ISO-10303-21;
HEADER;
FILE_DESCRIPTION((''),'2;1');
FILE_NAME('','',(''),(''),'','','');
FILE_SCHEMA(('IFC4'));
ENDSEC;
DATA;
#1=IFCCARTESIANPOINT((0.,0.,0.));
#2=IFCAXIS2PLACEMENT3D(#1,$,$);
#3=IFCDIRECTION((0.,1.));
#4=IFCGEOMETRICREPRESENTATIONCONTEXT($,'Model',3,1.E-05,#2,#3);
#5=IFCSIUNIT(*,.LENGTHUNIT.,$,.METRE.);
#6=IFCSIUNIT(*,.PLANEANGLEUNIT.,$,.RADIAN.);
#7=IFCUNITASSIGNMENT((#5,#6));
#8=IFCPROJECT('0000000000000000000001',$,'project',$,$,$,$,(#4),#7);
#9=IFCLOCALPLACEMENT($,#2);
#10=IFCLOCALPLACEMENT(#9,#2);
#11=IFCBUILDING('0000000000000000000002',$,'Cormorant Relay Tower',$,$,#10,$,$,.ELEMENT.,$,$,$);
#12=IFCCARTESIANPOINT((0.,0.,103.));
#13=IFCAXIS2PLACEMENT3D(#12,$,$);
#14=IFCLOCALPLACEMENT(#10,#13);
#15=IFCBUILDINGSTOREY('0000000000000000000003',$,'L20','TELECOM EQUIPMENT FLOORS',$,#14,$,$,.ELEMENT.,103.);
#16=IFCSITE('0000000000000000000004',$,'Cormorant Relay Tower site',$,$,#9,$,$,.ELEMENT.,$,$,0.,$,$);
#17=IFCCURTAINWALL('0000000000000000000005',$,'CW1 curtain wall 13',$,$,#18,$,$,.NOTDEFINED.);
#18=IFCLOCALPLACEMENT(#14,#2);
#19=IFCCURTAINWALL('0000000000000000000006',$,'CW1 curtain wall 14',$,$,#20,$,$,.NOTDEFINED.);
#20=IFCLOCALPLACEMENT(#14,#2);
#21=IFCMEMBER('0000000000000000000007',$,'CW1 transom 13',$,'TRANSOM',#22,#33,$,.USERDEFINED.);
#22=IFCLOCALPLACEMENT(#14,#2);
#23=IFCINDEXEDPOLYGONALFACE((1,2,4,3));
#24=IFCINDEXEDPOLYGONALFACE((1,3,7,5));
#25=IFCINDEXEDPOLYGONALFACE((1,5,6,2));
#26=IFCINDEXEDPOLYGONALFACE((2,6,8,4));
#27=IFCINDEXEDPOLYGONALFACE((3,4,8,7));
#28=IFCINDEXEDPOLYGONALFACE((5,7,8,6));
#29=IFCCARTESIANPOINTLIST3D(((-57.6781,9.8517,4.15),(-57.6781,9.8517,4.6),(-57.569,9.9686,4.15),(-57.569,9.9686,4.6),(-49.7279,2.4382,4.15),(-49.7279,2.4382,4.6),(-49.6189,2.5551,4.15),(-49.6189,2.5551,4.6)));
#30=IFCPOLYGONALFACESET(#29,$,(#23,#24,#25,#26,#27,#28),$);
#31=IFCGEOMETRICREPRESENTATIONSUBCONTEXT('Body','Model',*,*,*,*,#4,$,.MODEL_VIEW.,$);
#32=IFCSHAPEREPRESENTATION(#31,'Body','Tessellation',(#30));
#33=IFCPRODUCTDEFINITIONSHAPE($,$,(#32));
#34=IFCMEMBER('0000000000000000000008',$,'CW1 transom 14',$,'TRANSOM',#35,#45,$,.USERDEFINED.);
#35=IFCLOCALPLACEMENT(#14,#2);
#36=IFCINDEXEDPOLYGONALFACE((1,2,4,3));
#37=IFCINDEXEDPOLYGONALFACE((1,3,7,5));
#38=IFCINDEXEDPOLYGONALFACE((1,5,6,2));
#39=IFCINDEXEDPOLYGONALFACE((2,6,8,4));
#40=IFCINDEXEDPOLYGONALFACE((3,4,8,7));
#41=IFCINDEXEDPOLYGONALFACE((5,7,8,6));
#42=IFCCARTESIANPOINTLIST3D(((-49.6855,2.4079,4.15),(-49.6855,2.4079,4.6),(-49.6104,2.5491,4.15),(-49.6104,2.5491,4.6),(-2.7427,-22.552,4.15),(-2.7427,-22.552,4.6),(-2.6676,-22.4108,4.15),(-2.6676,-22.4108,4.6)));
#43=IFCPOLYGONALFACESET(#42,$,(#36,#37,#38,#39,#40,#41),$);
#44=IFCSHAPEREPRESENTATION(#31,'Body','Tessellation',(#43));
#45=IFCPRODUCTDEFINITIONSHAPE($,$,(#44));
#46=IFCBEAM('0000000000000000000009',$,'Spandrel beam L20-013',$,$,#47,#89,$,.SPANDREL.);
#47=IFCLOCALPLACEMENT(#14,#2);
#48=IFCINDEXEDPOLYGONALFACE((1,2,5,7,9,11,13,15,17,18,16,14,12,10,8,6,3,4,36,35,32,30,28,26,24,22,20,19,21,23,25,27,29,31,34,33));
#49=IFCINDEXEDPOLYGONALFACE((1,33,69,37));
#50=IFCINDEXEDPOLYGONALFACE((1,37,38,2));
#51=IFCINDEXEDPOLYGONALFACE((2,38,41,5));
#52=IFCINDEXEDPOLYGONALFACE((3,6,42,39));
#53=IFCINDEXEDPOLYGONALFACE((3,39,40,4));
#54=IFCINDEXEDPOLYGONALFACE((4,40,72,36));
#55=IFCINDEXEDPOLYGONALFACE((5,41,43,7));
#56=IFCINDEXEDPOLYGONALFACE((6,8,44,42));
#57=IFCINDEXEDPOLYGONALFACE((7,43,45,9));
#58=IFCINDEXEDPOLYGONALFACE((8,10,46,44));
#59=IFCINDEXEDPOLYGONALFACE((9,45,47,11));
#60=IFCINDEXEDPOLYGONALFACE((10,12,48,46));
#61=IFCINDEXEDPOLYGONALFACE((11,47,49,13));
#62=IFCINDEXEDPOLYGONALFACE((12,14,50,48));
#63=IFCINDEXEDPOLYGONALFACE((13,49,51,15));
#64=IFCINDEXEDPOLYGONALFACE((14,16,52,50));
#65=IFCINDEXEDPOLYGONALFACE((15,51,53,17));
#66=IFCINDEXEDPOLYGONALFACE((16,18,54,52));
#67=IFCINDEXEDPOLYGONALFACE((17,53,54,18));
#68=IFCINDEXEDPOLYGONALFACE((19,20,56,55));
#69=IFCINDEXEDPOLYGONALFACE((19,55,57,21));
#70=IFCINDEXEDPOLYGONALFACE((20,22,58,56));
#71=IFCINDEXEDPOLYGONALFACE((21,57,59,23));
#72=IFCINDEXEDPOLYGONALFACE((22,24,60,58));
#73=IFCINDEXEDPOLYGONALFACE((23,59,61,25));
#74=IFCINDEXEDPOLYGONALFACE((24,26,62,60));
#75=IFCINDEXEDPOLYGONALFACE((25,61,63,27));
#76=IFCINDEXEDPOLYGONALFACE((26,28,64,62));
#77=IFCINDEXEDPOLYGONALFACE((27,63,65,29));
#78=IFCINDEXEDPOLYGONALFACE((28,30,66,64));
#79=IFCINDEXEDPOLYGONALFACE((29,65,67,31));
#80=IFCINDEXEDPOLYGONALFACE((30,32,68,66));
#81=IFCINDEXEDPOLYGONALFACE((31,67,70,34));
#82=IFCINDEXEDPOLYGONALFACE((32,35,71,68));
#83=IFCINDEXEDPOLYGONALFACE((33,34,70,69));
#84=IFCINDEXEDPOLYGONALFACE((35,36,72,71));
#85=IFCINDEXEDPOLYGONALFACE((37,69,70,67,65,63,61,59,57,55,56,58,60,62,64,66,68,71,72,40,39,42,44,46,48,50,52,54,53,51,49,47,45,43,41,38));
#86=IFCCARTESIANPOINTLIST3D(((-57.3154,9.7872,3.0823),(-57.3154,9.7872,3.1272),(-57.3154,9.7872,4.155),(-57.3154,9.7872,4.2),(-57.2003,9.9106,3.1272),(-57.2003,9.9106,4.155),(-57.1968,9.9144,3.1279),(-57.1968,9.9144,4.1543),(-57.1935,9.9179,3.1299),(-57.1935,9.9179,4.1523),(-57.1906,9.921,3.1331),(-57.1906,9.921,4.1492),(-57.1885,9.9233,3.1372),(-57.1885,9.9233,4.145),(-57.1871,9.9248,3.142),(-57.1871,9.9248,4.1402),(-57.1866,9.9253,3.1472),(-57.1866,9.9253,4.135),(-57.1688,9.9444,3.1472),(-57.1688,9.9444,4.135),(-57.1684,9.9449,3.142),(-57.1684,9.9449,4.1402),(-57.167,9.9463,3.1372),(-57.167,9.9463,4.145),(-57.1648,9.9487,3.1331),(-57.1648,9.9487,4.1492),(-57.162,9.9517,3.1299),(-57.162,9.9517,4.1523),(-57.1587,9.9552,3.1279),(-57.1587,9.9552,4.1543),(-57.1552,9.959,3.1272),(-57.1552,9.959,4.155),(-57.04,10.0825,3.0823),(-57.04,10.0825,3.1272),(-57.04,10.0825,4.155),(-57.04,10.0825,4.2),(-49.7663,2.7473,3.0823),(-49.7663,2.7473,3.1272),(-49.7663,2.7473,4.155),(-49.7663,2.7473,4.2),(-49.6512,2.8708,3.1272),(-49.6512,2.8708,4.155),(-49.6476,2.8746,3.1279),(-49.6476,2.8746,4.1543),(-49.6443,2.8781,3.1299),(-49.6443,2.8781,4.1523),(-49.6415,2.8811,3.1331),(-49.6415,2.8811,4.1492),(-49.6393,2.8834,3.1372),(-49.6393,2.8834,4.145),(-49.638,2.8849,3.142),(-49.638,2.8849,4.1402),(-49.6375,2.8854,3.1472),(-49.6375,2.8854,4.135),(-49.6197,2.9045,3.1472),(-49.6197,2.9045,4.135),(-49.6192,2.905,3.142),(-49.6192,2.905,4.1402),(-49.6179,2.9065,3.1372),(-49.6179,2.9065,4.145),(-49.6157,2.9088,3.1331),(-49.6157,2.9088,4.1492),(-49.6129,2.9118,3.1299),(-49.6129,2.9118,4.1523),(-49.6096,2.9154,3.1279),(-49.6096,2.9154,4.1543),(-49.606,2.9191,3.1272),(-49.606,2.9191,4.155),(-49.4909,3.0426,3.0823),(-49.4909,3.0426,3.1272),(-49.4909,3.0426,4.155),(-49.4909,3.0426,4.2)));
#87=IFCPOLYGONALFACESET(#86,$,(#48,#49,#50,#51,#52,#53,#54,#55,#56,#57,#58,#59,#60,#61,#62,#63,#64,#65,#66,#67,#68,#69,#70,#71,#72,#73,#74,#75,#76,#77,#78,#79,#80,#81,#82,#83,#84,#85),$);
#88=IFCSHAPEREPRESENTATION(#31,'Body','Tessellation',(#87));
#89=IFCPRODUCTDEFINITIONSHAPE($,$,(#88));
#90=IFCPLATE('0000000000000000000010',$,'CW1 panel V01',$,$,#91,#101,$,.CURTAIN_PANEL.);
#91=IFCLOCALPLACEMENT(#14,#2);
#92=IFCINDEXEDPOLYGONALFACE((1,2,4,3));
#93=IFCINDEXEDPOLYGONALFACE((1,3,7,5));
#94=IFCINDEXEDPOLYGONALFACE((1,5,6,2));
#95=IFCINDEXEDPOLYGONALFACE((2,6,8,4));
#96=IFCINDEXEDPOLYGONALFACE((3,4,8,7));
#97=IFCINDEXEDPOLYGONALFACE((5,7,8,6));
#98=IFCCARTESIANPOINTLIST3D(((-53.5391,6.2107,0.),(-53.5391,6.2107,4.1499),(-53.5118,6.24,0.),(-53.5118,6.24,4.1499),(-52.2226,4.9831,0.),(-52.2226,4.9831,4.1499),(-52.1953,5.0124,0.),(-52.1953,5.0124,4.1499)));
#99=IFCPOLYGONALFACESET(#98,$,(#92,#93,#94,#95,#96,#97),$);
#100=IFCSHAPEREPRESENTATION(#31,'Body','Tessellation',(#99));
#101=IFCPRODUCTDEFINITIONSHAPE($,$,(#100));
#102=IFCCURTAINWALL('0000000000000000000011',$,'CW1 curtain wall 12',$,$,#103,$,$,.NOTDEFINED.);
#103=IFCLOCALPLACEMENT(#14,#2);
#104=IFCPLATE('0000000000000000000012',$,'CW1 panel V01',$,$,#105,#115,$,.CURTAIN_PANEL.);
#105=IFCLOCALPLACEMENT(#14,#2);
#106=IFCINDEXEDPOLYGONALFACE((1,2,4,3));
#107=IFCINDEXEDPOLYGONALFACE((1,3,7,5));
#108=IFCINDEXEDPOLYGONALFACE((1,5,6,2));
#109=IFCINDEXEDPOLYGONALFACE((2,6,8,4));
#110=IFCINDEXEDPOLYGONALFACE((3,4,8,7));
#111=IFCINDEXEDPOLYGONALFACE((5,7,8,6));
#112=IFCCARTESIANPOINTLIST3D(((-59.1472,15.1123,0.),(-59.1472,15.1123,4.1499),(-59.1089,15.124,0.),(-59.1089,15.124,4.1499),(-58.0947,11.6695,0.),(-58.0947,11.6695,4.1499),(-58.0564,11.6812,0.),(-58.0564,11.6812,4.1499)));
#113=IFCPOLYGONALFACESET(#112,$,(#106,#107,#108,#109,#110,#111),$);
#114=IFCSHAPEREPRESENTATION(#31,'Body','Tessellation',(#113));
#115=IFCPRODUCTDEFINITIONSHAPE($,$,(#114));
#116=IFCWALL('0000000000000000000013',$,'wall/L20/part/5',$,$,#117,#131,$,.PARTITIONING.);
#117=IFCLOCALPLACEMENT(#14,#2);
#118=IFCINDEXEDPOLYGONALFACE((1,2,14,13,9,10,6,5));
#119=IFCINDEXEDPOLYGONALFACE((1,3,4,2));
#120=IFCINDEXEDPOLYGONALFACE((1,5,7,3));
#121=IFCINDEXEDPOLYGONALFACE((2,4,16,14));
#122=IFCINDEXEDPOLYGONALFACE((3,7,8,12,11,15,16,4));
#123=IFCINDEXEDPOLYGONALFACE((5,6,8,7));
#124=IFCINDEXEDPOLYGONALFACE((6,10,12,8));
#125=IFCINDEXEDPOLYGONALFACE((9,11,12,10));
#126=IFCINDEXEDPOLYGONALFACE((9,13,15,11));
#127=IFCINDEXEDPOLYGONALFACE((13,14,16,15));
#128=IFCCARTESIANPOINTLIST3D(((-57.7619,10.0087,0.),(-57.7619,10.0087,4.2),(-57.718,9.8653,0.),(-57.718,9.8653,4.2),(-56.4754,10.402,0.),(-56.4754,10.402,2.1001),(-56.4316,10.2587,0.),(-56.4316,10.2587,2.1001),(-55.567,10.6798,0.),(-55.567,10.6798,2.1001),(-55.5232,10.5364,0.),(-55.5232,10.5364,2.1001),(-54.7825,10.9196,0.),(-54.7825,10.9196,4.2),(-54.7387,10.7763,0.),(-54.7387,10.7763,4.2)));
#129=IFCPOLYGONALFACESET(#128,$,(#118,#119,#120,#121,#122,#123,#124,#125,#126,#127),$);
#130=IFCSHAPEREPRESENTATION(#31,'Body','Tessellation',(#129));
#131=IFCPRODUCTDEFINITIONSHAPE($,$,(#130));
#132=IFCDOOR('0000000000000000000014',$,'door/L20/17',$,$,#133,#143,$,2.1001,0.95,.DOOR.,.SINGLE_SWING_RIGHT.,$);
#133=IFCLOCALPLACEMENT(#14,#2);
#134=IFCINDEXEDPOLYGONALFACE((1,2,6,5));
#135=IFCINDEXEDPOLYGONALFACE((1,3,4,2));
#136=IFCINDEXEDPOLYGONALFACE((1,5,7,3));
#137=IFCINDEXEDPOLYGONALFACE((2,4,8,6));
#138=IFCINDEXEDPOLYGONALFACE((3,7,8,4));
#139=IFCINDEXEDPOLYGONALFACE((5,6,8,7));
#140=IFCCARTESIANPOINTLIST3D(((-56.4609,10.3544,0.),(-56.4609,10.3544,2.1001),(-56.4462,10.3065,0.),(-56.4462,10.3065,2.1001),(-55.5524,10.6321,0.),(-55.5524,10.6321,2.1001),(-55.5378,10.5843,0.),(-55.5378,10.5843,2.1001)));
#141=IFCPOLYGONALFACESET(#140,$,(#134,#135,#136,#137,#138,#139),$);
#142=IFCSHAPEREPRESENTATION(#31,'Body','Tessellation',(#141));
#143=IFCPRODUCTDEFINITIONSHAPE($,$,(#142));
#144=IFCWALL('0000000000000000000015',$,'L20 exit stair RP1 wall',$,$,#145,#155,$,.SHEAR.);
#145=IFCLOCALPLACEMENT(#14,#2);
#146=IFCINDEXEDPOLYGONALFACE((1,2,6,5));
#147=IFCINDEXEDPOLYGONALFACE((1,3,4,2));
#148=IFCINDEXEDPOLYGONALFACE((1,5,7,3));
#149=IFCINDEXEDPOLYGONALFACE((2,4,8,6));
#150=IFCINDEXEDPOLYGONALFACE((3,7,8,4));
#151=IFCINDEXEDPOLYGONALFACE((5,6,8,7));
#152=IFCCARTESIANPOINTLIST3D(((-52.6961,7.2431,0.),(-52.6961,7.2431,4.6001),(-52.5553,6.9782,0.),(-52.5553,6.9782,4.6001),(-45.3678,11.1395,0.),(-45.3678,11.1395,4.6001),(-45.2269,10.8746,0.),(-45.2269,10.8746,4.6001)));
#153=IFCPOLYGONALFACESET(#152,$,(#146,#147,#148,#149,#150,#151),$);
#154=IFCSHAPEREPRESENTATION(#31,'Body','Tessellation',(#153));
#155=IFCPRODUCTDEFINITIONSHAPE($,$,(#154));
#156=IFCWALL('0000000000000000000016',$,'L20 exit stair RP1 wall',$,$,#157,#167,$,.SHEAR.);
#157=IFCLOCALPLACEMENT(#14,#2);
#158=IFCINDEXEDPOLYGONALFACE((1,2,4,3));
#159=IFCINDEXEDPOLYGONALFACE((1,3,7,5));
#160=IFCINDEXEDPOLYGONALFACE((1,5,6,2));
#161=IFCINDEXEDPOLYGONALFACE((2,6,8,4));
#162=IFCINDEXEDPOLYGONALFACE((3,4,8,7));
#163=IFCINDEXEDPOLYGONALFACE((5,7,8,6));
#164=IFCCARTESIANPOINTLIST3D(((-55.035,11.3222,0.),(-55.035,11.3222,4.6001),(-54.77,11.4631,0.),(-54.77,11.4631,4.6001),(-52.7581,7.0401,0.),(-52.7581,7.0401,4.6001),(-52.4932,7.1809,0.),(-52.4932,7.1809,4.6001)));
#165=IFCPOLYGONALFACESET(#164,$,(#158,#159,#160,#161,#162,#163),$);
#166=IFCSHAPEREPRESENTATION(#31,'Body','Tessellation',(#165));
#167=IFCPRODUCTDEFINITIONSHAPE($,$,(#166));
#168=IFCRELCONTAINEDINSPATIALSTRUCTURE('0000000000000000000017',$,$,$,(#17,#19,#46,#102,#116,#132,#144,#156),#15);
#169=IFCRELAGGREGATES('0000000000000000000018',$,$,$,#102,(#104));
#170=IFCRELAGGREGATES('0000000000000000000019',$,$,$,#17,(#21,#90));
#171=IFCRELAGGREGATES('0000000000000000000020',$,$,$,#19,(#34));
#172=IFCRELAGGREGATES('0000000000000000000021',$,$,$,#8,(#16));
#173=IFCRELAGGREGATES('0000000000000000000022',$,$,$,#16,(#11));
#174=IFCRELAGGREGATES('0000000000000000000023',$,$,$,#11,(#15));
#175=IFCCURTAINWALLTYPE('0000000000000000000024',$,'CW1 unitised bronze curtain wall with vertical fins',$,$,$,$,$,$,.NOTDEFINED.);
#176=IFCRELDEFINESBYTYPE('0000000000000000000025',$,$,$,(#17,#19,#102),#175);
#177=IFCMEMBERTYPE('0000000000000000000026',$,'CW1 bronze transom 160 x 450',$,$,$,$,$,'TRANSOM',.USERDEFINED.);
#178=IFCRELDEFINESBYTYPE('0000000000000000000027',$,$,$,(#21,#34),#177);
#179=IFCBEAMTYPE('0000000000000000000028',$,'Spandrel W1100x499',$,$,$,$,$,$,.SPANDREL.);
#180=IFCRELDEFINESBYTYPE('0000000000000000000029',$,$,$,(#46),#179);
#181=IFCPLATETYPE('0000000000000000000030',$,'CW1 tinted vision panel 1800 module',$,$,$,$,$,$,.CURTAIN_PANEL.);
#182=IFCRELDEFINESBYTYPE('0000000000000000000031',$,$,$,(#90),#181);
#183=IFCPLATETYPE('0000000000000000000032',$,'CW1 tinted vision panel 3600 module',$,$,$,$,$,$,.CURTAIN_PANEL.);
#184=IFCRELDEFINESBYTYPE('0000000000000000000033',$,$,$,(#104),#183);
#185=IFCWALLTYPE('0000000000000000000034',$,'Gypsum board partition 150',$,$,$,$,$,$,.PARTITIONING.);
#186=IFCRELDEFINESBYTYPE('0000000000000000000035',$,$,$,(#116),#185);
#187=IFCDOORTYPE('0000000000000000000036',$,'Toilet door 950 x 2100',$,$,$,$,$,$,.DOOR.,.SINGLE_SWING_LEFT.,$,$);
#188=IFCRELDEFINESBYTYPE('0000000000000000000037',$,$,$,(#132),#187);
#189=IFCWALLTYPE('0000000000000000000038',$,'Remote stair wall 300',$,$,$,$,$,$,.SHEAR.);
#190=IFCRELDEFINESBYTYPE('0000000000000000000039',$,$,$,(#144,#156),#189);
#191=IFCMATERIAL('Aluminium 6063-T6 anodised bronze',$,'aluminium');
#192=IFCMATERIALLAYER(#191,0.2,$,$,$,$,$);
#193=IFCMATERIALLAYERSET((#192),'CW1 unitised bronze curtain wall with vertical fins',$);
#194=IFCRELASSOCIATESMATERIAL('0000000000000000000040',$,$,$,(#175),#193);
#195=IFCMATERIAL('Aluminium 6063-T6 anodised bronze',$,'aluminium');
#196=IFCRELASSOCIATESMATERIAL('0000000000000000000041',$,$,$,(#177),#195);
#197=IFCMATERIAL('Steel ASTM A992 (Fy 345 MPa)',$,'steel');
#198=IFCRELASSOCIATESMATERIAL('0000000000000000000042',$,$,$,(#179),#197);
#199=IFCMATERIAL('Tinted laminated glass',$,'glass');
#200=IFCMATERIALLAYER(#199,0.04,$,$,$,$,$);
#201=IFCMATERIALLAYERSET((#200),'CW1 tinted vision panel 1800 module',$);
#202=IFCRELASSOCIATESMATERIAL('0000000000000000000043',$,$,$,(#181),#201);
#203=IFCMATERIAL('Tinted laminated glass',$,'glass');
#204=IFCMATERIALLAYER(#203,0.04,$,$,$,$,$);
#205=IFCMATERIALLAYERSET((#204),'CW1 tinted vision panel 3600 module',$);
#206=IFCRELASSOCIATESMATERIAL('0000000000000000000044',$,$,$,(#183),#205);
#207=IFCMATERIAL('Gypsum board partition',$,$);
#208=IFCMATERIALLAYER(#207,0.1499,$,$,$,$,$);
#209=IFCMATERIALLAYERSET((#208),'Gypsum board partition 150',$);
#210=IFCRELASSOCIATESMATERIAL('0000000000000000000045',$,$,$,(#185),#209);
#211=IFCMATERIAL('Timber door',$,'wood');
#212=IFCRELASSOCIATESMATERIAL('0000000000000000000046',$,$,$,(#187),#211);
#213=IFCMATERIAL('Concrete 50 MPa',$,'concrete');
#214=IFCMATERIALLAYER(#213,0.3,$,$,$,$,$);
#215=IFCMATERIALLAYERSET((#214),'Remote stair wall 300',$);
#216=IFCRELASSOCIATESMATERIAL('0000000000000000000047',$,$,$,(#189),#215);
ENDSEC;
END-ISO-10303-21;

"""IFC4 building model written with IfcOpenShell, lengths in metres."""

from ifc_helpers import new_model, si_unit, direction, frame, frame_2d, origin, origin_2d, place, context, subcontext, project, spatial, rectangle, i_section, extrude, material, layer, layer_set, material_profile, profile_set, type_object, element, fill, aggregate, save


model = new_model("IFC4")

# Units and contexts
model_context = context("Model", 3, precision=1e-05, world=origin(), true_north=direction((0.0, 1.0)))
body_context = subcontext(model_context, "Body", "Model", "MODEL_VIEW")
ifc_project = project(units=[si_unit("LENGTHUNIT", "METRE"), si_unit("PLANEANGLEUNIT", "RADIAN")], contexts=[model_context])

# Site, building, storey
site_placement = place(None, origin())
site = spatial("IfcSite", under=ifc_project, at=site_placement, Name="Cormorant Relay Tower site", CompositionType="ELEMENT", RefElevation=0.0)
building_placement = place(site_placement, origin())
building = spatial("IfcBuilding", under=site, at=building_placement, Name="Cormorant Relay Tower", CompositionType="ELEMENT")
storey_placement = place(building_placement, frame((0.0, 0.0, 103.0)))
storey = spatial("IfcBuildingStorey", under=building, at=storey_placement, Name="L20", Description="TELECOM EQUIPMENT FLOORS", CompositionType="ELEMENT", Elevation=103.0)

# Curtain wall
ifc_material_1 = material(Name="Aluminium 6063-T6 anodised bronze", Category="aluminium")
ifc_layer_1 = layer(ifc_material_1, 0.2)
ifc_layer_set_1 = layer_set([ifc_layer_1], Name="CW1 unitised bronze curtain wall with vertical fins")
curtain_wall_type = type_object("IfcCurtainWallType", Name="CW1 unitised bronze curtain wall with vertical fins", PredefinedType="NOTDEFINED", material=ifc_layer_set_1)
curtain_wall_1_placement = place(storey_placement, origin())
curtain_wall_1 = element("IfcCurtainWall", 1, at=curtain_wall_1_placement, inside=storey, type_object=curtain_wall_type, Name="CW1 curtain wall 13", PredefinedType="NOTDEFINED")

# Curtain wall
curtain_wall_2_placement = place(storey_placement, origin())
curtain_wall_2 = element("IfcCurtainWall", 2, at=curtain_wall_2_placement, inside=storey, type_object=curtain_wall_type, Name="CW1 curtain wall 14", PredefinedType="NOTDEFINED")

# Members
ifc_material_2 = material(Name="Aluminium 6063-T6 anodised bronze", Category="aluminium")
ifc_material_profile_1 = material_profile(ifc_material_2, rectangle(XDim=0.1599, YDim=0.45, at=origin_2d()), Name="AL 160x450")
ifc_profile_set_1 = profile_set([ifc_material_profile_1], Name="Aluminium 6063-T6 anodised bronze")
member_type_1 = type_object("IfcMemberType", Name="CW1 bronze transom 160 x 450", ElementType="TRANSOM", PredefinedType="USERDEFINED", material=ifc_profile_set_1)
member_1_placement = place(storey_placement, frame((-57.6235, 9.9102, 4.375), z_axis=(0.731358, -0.681993, 0.0), x_axis=(0.681993, 0.731358, 0.0)))
member_1 = element("IfcMember", 3, at=member_1_placement, type_object=member_type_1, Name="CW1 transom 13", ObjectType="TRANSOM", PredefinedType="USERDEFINED", context=body_context, shape_type="SweptSolid", body=[
    extrude(rectangle(XDim=0.1599, YDim=0.45, at=origin_2d()), origin(), (0.0, 0.0, 1.0), 10.8704),
])
member_2_placement = place(storey_placement, frame((-49.6479, 2.4785, 4.375), z_axis=(0.882948, -0.469471, 0.0), x_axis=(0.469471, 0.882948, 0.0)))
member_2 = element("IfcMember", 4, at=member_2_placement, type_object=member_type_1, Name="CW1 transom 14", ObjectType="TRANSOM", PredefinedType="USERDEFINED", context=body_context, shape_type="SweptSolid", body=[
    extrude(rectangle(XDim=0.1599, YDim=0.45, at=origin_2d()), origin(), (0.0, 0.0, 1.0), 53.166),
])

# Beam
ifc_material_3 = material(Name="Steel ASTM A992 (Fy 345 MPa)", Category="steel")
ifc_material_profile_2 = material_profile(ifc_material_3, i_section(OverallWidth=0.4038, OverallDepth=1.1177, WebThickness=0.0261, FlangeThickness=0.0449, FilletRadius=0.02, at=origin_2d()), Name="W1100x499")
ifc_profile_set_2 = profile_set([ifc_material_profile_2], Name="Steel ASTM A992 (Fy 345 MPa)")
beam_type = type_object("IfcBeamType", Name="Spandrel W1100x499", PredefinedType="SPANDREL", material=ifc_profile_set_2)
beam_placement = place(storey_placement, frame((-57.1777, 9.9348, 3.6411), z_axis=(0.731345, -0.682007, 0.0), x_axis=(0.682007, 0.731345, 0.0)))
element("IfcBeam", 5, at=beam_placement, inside=storey, type_object=beam_type, Name="Spandrel beam L20-013", PredefinedType="SPANDREL", context=body_context, shape_type="SweptSolid", body=[
    extrude(i_section(OverallWidth=0.4038, OverallDepth=1.1177, WebThickness=0.0261, FlangeThickness=0.0449, FilletRadius=0.02, at=origin_2d()), origin(), (0.0, 0.0, 1.0), 10.3223),
])

# Plate
ifc_material_4 = material(Name="Tinted laminated glass", Category="glass")
ifc_layer_2 = layer(ifc_material_4, 0.04)
ifc_layer_set_2 = layer_set([ifc_layer_2], Name="CW1 tinted vision panel 1800 module")
plate_type_1 = type_object("IfcPlateType", Name="CW1 tinted vision panel 1800 module", PredefinedType="CURTAIN_PANEL", material=ifc_layer_set_2)
plate_1_placement = place(storey_placement, frame((-52.8672, 5.6116, 0.0), z_axis=(0.0, 0.0, 1.0), x_axis=(0.731354, -0.681998, 0.0)))
plate_1 = element("IfcPlate", 6, at=plate_1_placement, type_object=plate_type_1, Name="CW1 panel V01", PredefinedType="CURTAIN_PANEL", context=body_context, shape_type="SweptSolid", body=[
    extrude(rectangle(XDim=1.8, YDim=0.04, at=origin_2d()), origin(), (0.0, 0.0, 1.0), 4.1499),
])

# Curtain wall, plate
curtain_wall_3_placement = place(storey_placement, origin())
curtain_wall_3 = element("IfcCurtainWall", 7, at=curtain_wall_3_placement, inside=storey, type_object=curtain_wall_type, Name="CW1 curtain wall 12", PredefinedType="NOTDEFINED")
ifc_material_5 = material(Name="Tinted laminated glass", Category="glass")
ifc_layer_3 = layer(ifc_material_5, 0.04)
ifc_layer_set_3 = layer_set([ifc_layer_3], Name="CW1 tinted vision panel 3600 module")
plate_type_2 = type_object("IfcPlateType", Name="CW1 tinted vision panel 3600 module", PredefinedType="CURTAIN_PANEL", material=ifc_layer_set_3)
plate_2_placement = place(storey_placement, frame((-58.6018, 13.3967, 0.0), z_axis=(0.0, 0.0, 1.0), x_axis=(0.292372, -0.956305, 0.0)))
plate_2 = element("IfcPlate", 8, at=plate_2_placement, type_object=plate_type_2, Name="CW1 panel V01", PredefinedType="CURTAIN_PANEL", context=body_context, shape_type="SweptSolid", body=[
    extrude(rectangle(XDim=3.6001, YDim=0.04, at=origin_2d()), origin(), (0.0, 0.0, 1.0), 4.1499),
])

# Wall, opening, door
ifc_material_6 = material(Name="Gypsum board partition")
ifc_layer_4 = layer(ifc_material_6, 0.1499)
ifc_layer_set_4 = layer_set([ifc_layer_4], Name="Gypsum board partition 150")
wall_type_1 = type_object("IfcWallType", Name="Gypsum board partition 150", PredefinedType="PARTITIONING", material=ifc_layer_set_4)
wall_1_placement = place(storey_placement, frame((-54.7607, 10.8479, 0.0), z_axis=(0.0, 0.0, 1.0), x_axis=(-0.956301, -0.292384, 0.0)))
wall_1 = element("IfcWall", 9, at=wall_1_placement, inside=storey, type_object=wall_type_1, Name="wall/L20/part/5", PredefinedType="PARTITIONING", context=body_context, shape_type="SweptSolid", body=[
    extrude(rectangle(XDim=3.1155, YDim=0.1499, at=frame_2d((1.5576, 0.0))), origin(), (0.0, 0.0, 1.0), 4.2),
])
opening_1_placement = place(wall_1_placement, frame((0.8201, 0.0, 0.0)))
opening_1 = element("IfcOpeningElement", 10, at=opening_1_placement, cuts=wall_1, PredefinedType="OPENING", context=body_context, shape_type="SweptSolid", body=[
    extrude(rectangle(XDim=0.95, YDim=2.1001, at=frame_2d((0.4751, 1.05))), frame((0.0, 0.085, 0.0), z_axis=(0.0, -1.0, 0.0), x_axis=(1.0, 0.0, 0.0)), (0.0, 0.0, 1.0), 0.1699),
])
ifc_material_7 = material(Name="Timber door", Category="wood")
door_type_1 = type_object("IfcDoorType", Name="Toilet door 950 x 2100", OperationType="SINGLE_SWING_LEFT", PredefinedType="DOOR", material=ifc_material_7)
door_1_placement = place(opening_1_placement, origin())
door_1 = element("IfcDoor", 11, at=door_1_placement, inside=storey, type_object=door_type_1, Name="door/L20/17", OperationType="SINGLE_SWING_RIGHT", OverallHeight=2.1001, OverallWidth=0.95, PredefinedType="DOOR", context=body_context, shape_type="SweptSolid", body=[
    extrude(rectangle(XDim=0.95, YDim=2.1001, at=frame_2d((0.4751, 1.05))), frame((0.0, 0.0249, 0.0), z_axis=(0.0, -1.0, 0.0), x_axis=(1.0, 0.0, 0.0)), (0.0, 0.0, 1.0), 0.05),
])
fill(opening_1, door_1)

# Walls
ifc_material_8 = material(Name="Concrete 50 MPa", Category="concrete")
ifc_layer_5 = layer(ifc_material_8, 0.3)
ifc_layer_set_5 = layer_set([ifc_layer_5], Name="Remote stair wall 300")
wall_type_2 = type_object("IfcWallType", Name="Remote stair wall 300", PredefinedType="SHEAR", material=ifc_layer_set_5)
wall_2_placement = place(storey_placement, frame((-45.2974, 11.0071, 0.0), z_axis=(0.0, 0.0, 1.0), x_axis=(-0.882952, -0.469464, 0.0)))
element("IfcWall", 12, at=wall_2_placement, inside=storey, type_object=wall_type_2, Name="L20 exit stair RP1 wall", PredefinedType="SHEAR", context=body_context, shape_type="SweptSolid", body=[
    extrude(rectangle(XDim=8.2998, YDim=0.3, at=frame_2d((4.1499, 0.0))), origin(), (0.0, 0.0, 1.0), 4.6001),
])
wall_3_placement = place(storey_placement, frame((-52.6257, 7.1106, 0.0), z_axis=(0.0, 0.0, 1.0), x_axis=(-0.469464, 0.882951, 0.0)))
element("IfcWall", 13, at=wall_3_placement, inside=storey, type_object=wall_type_2, Name="L20 exit stair RP1 wall", PredefinedType="SHEAR", context=body_context, shape_type="SweptSolid", body=[
    extrude(rectangle(XDim=4.8499, YDim=0.3, at=frame_2d((2.4248, 0.0))), origin(), (0.0, 0.0, 1.0), 4.6001),
])

aggregate(curtain_wall_3, [plate_2])
aggregate(curtain_wall_1, [member_1, plate_1])
aggregate(curtain_wall_2, [member_2])

save(model, "model.ifc")
